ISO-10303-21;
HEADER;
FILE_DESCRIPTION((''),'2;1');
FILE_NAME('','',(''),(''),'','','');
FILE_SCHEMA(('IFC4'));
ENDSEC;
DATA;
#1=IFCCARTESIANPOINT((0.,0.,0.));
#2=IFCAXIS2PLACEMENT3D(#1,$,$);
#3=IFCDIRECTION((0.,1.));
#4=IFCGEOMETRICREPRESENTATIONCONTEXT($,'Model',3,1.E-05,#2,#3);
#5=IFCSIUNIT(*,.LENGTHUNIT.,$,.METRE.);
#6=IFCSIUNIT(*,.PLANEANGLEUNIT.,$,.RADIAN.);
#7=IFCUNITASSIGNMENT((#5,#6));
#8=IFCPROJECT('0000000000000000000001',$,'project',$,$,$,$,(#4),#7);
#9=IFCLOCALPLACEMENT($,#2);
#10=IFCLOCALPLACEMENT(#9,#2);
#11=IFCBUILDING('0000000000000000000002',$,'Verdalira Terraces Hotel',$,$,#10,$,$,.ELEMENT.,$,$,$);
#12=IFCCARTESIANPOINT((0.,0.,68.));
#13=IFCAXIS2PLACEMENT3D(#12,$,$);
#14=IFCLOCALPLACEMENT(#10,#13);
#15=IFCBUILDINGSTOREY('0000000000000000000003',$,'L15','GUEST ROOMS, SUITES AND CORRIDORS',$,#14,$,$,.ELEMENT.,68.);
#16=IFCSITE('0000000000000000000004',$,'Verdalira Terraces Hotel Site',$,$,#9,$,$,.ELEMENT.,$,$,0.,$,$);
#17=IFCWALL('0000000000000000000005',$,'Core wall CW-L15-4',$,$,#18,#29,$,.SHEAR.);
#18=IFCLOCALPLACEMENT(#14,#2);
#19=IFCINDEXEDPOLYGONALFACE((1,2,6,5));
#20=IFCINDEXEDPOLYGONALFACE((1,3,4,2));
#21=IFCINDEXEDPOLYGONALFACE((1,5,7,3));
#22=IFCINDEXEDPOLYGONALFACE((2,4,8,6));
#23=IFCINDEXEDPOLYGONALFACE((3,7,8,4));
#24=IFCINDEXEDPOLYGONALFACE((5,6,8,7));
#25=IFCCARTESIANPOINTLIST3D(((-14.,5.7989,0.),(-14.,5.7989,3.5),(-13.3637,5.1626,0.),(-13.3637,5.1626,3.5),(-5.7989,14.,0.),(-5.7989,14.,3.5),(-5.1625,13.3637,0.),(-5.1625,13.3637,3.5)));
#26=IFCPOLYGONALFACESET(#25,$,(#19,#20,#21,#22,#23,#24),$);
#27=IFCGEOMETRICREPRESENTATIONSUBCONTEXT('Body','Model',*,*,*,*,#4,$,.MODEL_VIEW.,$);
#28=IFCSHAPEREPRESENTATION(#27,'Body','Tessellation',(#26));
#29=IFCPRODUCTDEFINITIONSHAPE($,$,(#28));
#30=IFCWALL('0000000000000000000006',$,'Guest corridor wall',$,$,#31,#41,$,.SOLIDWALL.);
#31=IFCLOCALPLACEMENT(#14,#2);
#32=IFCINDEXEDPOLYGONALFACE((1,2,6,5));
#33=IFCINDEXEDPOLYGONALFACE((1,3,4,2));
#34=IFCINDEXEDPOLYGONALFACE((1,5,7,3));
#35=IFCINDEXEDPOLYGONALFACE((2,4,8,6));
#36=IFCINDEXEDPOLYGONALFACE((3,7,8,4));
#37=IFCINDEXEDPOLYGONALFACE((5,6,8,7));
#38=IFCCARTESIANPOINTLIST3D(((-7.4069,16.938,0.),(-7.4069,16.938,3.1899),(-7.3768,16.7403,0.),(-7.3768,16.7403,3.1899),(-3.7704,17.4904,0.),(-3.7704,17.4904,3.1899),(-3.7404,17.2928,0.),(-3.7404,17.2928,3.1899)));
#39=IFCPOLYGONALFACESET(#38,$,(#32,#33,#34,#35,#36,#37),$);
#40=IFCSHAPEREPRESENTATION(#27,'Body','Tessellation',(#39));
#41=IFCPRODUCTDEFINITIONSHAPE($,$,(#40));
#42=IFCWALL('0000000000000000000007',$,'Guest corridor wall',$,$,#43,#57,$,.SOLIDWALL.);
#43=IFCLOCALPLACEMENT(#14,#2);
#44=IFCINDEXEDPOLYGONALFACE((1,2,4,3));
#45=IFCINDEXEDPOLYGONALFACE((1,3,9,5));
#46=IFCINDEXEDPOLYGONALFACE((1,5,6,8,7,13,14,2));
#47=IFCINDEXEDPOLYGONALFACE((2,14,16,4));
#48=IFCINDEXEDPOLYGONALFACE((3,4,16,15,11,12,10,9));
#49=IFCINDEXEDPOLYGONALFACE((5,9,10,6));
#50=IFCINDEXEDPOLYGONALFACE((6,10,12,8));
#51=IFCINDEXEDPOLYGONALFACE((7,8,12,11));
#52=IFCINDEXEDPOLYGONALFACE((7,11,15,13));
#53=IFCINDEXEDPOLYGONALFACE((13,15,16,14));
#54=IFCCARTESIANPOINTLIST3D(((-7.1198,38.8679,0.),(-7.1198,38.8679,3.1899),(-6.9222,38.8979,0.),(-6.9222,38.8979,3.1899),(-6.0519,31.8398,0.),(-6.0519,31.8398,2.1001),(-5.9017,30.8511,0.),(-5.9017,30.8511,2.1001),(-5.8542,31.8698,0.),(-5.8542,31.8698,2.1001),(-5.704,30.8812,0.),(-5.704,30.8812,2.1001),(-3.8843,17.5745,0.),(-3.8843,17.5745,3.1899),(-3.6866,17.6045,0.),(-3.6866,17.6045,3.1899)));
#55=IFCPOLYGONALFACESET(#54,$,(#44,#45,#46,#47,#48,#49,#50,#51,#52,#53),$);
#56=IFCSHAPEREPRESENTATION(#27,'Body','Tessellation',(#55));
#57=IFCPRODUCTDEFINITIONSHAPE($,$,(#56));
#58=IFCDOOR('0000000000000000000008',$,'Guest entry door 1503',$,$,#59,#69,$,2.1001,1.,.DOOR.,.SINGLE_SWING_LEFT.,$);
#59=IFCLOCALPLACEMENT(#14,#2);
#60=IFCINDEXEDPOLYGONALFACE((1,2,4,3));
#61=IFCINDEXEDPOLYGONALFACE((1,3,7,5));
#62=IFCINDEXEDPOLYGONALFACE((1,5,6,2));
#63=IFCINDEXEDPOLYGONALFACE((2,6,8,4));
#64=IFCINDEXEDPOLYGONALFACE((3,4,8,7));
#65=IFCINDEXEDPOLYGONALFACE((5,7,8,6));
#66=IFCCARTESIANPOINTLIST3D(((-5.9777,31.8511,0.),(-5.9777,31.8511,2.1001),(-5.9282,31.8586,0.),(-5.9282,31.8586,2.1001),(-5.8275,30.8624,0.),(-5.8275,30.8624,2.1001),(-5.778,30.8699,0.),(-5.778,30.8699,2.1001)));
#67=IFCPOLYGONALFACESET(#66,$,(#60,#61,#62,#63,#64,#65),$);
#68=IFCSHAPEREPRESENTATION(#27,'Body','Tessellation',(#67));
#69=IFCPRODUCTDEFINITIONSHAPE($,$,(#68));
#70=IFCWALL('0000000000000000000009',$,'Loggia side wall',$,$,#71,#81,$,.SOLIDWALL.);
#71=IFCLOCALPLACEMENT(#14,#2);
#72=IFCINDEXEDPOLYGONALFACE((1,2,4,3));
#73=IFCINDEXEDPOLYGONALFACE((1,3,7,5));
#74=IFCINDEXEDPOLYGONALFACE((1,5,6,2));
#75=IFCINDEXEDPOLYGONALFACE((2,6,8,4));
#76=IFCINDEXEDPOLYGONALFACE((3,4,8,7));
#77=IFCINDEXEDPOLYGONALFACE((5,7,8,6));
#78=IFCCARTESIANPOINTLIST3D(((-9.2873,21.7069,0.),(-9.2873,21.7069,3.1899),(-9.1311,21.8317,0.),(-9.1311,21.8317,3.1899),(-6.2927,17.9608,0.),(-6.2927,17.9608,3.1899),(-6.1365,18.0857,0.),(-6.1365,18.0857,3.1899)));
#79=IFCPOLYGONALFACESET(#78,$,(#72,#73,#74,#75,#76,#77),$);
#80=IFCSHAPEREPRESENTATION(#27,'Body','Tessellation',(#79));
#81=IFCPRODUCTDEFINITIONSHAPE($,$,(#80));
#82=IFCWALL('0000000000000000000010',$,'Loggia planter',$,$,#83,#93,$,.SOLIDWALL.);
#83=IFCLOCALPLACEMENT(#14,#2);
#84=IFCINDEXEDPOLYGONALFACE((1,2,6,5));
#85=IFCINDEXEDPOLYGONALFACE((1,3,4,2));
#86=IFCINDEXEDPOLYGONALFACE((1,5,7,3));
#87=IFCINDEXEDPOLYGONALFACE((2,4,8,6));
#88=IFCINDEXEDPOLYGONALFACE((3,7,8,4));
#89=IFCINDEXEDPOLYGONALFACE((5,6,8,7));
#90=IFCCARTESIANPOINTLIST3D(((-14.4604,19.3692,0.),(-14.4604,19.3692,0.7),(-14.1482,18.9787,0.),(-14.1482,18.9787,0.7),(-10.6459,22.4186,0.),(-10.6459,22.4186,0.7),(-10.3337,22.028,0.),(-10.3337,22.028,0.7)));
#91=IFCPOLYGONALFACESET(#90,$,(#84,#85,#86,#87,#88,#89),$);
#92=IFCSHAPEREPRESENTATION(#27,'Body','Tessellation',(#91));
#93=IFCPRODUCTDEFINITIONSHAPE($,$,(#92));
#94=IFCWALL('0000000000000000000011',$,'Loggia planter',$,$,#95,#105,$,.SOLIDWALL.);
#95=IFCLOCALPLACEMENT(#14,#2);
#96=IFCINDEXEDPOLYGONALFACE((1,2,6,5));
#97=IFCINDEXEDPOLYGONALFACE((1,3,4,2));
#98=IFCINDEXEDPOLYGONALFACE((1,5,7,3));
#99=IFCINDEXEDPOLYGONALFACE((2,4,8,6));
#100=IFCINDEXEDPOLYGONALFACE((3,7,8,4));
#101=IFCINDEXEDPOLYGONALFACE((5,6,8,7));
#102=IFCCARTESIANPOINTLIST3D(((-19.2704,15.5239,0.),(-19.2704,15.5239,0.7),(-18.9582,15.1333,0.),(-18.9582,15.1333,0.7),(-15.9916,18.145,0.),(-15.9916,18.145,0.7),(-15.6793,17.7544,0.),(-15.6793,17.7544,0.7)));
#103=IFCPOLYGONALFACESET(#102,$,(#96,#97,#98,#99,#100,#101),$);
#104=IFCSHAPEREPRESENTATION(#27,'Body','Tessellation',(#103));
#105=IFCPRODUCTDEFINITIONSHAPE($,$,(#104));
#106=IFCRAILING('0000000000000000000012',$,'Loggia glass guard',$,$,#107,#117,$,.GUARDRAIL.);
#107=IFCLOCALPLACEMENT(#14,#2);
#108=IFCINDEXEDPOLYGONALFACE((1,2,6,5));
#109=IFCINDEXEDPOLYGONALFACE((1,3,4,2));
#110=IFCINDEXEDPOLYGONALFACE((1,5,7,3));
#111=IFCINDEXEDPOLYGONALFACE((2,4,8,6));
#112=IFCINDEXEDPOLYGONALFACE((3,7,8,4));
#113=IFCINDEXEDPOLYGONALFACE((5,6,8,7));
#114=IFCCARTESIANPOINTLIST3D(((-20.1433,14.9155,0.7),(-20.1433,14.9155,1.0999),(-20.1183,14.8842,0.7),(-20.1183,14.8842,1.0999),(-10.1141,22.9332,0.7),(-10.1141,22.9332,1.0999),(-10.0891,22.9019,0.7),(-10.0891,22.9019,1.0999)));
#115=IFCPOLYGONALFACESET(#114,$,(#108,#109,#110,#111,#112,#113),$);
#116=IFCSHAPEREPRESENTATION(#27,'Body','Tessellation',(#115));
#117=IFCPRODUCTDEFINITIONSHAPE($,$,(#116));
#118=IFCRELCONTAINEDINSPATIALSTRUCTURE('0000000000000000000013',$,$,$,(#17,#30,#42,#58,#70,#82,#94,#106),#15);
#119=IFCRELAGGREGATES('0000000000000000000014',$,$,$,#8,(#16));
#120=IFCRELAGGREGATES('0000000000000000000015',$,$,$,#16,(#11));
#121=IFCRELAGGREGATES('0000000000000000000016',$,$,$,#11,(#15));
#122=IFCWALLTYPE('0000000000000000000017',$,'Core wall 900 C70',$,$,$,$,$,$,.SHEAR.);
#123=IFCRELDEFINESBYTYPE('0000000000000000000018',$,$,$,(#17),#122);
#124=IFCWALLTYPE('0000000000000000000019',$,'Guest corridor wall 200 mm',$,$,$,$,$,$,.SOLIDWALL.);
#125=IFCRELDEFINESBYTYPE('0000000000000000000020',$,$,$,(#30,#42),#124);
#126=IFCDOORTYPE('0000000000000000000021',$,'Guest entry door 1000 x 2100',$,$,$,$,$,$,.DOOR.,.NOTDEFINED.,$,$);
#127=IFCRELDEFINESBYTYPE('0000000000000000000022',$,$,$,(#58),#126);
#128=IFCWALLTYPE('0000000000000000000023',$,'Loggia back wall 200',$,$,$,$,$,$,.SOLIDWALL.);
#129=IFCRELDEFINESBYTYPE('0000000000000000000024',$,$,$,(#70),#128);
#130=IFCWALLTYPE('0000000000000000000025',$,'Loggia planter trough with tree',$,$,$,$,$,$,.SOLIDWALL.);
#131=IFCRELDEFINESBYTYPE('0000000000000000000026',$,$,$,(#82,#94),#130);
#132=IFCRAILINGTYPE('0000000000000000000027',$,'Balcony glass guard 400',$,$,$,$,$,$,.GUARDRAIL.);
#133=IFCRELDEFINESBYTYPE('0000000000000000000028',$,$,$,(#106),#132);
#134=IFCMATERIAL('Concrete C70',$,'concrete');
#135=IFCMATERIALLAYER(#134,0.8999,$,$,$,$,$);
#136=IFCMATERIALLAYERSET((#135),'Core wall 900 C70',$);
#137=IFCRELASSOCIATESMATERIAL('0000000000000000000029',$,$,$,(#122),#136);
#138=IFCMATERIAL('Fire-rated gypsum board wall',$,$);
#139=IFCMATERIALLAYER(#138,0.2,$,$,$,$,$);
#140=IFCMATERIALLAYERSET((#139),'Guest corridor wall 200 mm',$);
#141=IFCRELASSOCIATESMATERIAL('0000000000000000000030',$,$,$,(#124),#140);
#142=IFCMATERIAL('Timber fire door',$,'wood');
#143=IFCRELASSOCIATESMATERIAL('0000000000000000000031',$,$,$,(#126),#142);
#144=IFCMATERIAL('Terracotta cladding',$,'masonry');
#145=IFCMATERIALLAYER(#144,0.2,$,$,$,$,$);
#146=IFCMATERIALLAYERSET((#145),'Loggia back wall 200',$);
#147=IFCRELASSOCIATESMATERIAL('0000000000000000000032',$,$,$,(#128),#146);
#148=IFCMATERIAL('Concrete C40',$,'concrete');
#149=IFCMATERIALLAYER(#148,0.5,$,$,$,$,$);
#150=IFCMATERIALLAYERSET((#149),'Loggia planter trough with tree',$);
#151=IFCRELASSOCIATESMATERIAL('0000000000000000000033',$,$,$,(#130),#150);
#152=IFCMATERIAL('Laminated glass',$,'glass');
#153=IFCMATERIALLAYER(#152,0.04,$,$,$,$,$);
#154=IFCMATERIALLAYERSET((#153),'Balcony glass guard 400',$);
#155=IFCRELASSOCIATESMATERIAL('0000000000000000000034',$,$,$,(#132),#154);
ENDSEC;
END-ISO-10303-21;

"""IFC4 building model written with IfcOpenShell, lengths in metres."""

from ifc_helpers import new_model, si_unit, direction, frame, frame_2d, origin, origin_2d, place, context, subcontext, project, spatial, rectangle, extrude, material, layer, layer_set, type_object, element, fill, save


model = new_model("IFC4")

# Units and contexts
model_context = context("Model", 3, precision=1e-05, world=origin(), true_north=direction((0.0, 1.0)))
body_context = subcontext(model_context, "Body", "Model", "MODEL_VIEW")
ifc_project = project(units=[si_unit("LENGTHUNIT", "METRE"), si_unit("PLANEANGLEUNIT", "RADIAN")], contexts=[model_context])

# Site, building, storey
site_placement = place(None, origin())
site = spatial("IfcSite", under=ifc_project, at=site_placement, Name="Verdalira Terraces Hotel Site", CompositionType="ELEMENT", RefElevation=0.0)
building_placement = place(site_placement, origin())
building = spatial("IfcBuilding", under=site, at=building_placement, Name="Verdalira Terraces Hotel", CompositionType="ELEMENT")
storey_placement = place(building_placement, frame((0.0, 0.0, 68.0)))
storey = spatial("IfcBuildingStorey", under=building, at=storey_placement, Name="L15", Description="GUEST ROOMS, SUITES AND CORRIDORS", CompositionType="ELEMENT", Elevation=68.0)

# Walls
ifc_material_1 = material(Name="Concrete C70", Category="concrete")
ifc_layer_1 = layer(ifc_material_1, 0.8999)
ifc_layer_set_1 = layer_set([ifc_layer_1], Name="Core wall 900 C70")
wall_type_1 = type_object("IfcWallType", Name="Core wall 900 C70", PredefinedType="SHEAR", material=ifc_layer_set_1)
wall_1_placement = place(storey_placement, frame((-5.4807, 13.6819, 0.0), z_axis=(0.0, 0.0, 1.0), x_axis=(-0.707107, -0.707107, 0.0)))
element("IfcWall", 1, at=wall_1_placement, inside=storey, type_object=wall_type_1, Name="Core wall CW-L15-4", PredefinedType="SHEAR", context=body_context, shape_type="SweptSolid", body=[
    extrude(rectangle(XDim=11.5981, YDim=0.8999, at=frame_2d((5.7991, 0.0))), origin(), (0.0, 0.0, 1.0), 3.5),
])
ifc_material_2 = material(Name="Fire-rated gypsum board wall")
ifc_layer_2 = layer(ifc_material_2, 0.2)
ifc_layer_set_2 = layer_set([ifc_layer_2], Name="Guest corridor wall 200 mm")
wall_type_2 = type_object("IfcWallType", Name="Guest corridor wall 200 mm", PredefinedType="SOLIDWALL", material=ifc_layer_set_2)
wall_2_placement = place(storey_placement, frame((-3.7554, 17.3916, 0.0), z_axis=(0.0, 0.0, 1.0), x_axis=(-0.988655, -0.150206, 0.0)))
element("IfcWall", 2, at=wall_2_placement, inside=storey, type_object=wall_type_2, Name="Guest corridor wall", PredefinedType="SOLIDWALL", context=body_context, shape_type="SweptSolid", body=[
    extrude(rectangle(XDim=3.6782, YDim=0.2, at=frame_2d((1.8391, 0.0))), origin(), (0.0, 0.0, 1.0), 3.1899),
])

# Wall, opening, door
wall_3_placement = place(storey_placement, frame((-3.7854, 17.5894, 0.0), z_axis=(0.0, 0.0, 1.0), x_axis=(-0.150228, 0.988651, 0.0)))
wall_3 = element("IfcWall", 3, at=wall_3_placement, inside=storey, type_object=wall_type_2, Name="Guest corridor wall", PredefinedType="SOLIDWALL", context=body_context, shape_type="SweptSolid", body=[
    extrude(rectangle(XDim=21.5378, YDim=0.2, at=frame_2d((10.769, 0.0))), origin(), (0.0, 0.0, 1.0), 3.1899),
])
opening_1_placement = place(wall_3_placement, frame((13.4292, 0.0, 0.0)))
opening_1 = element("IfcOpeningElement", 4, at=opening_1_placement, cuts=wall_3, PredefinedType="OPENING", context=body_context, shape_type="SweptSolid", body=[
    extrude(rectangle(XDim=1.0, YDim=2.1001, at=frame_2d((0.5, 1.05))), frame((0.0, 0.1099, 0.0), z_axis=(0.0, -1.0, 0.0), x_axis=(1.0, 0.0, 0.0)), (0.0, 0.0, 1.0), 0.22),
])
ifc_material_3 = material(Name="Timber fire door", Category="wood")
door_type_1 = type_object("IfcDoorType", Name="Guest entry door 1000 x 2100", OperationType="NOTDEFINED", PredefinedType="DOOR", material=ifc_material_3)
door_1_placement = place(opening_1_placement, origin())
door_1 = element("IfcDoor", 5, at=door_1_placement, inside=storey, type_object=door_type_1, Name="Guest entry door 1503", OperationType="SINGLE_SWING_LEFT", OverallHeight=2.1001, OverallWidth=1.0, PredefinedType="DOOR", context=body_context, shape_type="SweptSolid", body=[
    extrude(rectangle(XDim=1.0, YDim=2.1001, at=frame_2d((0.5, 1.05))), frame((0.0, 0.0249, 0.0), z_axis=(0.0, -1.0, 0.0), x_axis=(1.0, 0.0, 0.0)), (0.0, 0.0, 1.0), 0.05),
])
fill(opening_1, door_1)

# Walls
ifc_material_4 = material(Name="Terracotta cladding", Category="masonry")
ifc_layer_3 = layer(ifc_material_4, 0.2)
ifc_layer_set_3 = layer_set([ifc_layer_3], Name="Loggia back wall 200")
wall_type_3 = type_object("IfcWallType", Name="Loggia back wall 200", PredefinedType="SOLIDWALL", material=ifc_layer_set_3)
wall_4_placement = place(storey_placement, frame((-9.2092, 21.7693, 0.0), z_axis=(0.0, 0.0, 1.0), x_axis=(0.624409, -0.781097, 0.0)))
element("IfcWall", 6, at=wall_4_placement, inside=storey, type_object=wall_type_3, Name="Loggia side wall", PredefinedType="SOLIDWALL", context=body_context, shape_type="SweptSolid", body=[
    extrude(rectangle(XDim=4.7959, YDim=0.2, at=frame_2d((2.3979, 0.0))), origin(), (0.0, 0.0, 1.0), 3.1899),
])
ifc_material_5 = material(Name="Concrete C40", Category="concrete")
ifc_layer_4 = layer(ifc_material_5, 0.5)
ifc_layer_set_4 = layer_set([ifc_layer_4], Name="Loggia planter trough with tree")
wall_type_4 = type_object("IfcWallType", Name="Loggia planter trough with tree", PredefinedType="SOLIDWALL", material=ifc_layer_set_4)
wall_5_placement = place(storey_placement, frame((-10.4897, 22.2234, 0.0), z_axis=(0.0, 0.0, 1.0), x_axis=(-0.781093, -0.624415, 0.0)))
element("IfcWall", 7, at=wall_5_placement, inside=storey, type_object=wall_type_4, Name="Loggia planter", PredefinedType="SOLIDWALL", context=body_context, shape_type="SweptSolid", body=[
    extrude(rectangle(XDim=4.8835, YDim=0.5, at=frame_2d((2.4419, 0.0))), origin(), (0.0, 0.0, 1.0), 0.7),
])
wall_6_placement = place(storey_placement, frame((-15.8354, 17.9497, 0.0), z_axis=(0.0, 0.0, 1.0), x_axis=(-0.781096, -0.624411, 0.0)))
element("IfcWall", 8, at=wall_6_placement, inside=storey, type_object=wall_type_4, Name="Loggia planter", PredefinedType="SOLIDWALL", context=body_context, shape_type="SweptSolid", body=[
    extrude(rectangle(XDim=4.1978, YDim=0.5, at=frame_2d((2.0989, 0.0))), origin(), (0.0, 0.0, 1.0), 0.7),
])

# Railing
ifc_material_6 = material(Name="Laminated glass", Category="glass")
ifc_layer_5 = layer(ifc_material_6, 0.04)
ifc_layer_set_5 = layer_set([ifc_layer_5], Name="Balcony glass guard 400")
railing_type = type_object("IfcRailingType", Name="Balcony glass guard 400", PredefinedType="GUARDRAIL", material=ifc_layer_set_5)
railing_placement = place(storey_placement, frame((-15.1162, 18.9087, 0.7), z_axis=(0.0, 0.0, 1.0), x_axis=(-0.781085, -0.624425, 0.0)))
element("IfcRailing", 9, at=railing_placement, inside=storey, type_object=railing_type, Name="Loggia glass guard", PredefinedType="GUARDRAIL", context=body_context, shape_type="SweptSolid", body=[
    extrude(rectangle(XDim=12.8401, YDim=0.04, at=origin_2d()), origin(), (0.0, 0.0, 1.0), 0.3999),
])

save(model, "model.ifc")
